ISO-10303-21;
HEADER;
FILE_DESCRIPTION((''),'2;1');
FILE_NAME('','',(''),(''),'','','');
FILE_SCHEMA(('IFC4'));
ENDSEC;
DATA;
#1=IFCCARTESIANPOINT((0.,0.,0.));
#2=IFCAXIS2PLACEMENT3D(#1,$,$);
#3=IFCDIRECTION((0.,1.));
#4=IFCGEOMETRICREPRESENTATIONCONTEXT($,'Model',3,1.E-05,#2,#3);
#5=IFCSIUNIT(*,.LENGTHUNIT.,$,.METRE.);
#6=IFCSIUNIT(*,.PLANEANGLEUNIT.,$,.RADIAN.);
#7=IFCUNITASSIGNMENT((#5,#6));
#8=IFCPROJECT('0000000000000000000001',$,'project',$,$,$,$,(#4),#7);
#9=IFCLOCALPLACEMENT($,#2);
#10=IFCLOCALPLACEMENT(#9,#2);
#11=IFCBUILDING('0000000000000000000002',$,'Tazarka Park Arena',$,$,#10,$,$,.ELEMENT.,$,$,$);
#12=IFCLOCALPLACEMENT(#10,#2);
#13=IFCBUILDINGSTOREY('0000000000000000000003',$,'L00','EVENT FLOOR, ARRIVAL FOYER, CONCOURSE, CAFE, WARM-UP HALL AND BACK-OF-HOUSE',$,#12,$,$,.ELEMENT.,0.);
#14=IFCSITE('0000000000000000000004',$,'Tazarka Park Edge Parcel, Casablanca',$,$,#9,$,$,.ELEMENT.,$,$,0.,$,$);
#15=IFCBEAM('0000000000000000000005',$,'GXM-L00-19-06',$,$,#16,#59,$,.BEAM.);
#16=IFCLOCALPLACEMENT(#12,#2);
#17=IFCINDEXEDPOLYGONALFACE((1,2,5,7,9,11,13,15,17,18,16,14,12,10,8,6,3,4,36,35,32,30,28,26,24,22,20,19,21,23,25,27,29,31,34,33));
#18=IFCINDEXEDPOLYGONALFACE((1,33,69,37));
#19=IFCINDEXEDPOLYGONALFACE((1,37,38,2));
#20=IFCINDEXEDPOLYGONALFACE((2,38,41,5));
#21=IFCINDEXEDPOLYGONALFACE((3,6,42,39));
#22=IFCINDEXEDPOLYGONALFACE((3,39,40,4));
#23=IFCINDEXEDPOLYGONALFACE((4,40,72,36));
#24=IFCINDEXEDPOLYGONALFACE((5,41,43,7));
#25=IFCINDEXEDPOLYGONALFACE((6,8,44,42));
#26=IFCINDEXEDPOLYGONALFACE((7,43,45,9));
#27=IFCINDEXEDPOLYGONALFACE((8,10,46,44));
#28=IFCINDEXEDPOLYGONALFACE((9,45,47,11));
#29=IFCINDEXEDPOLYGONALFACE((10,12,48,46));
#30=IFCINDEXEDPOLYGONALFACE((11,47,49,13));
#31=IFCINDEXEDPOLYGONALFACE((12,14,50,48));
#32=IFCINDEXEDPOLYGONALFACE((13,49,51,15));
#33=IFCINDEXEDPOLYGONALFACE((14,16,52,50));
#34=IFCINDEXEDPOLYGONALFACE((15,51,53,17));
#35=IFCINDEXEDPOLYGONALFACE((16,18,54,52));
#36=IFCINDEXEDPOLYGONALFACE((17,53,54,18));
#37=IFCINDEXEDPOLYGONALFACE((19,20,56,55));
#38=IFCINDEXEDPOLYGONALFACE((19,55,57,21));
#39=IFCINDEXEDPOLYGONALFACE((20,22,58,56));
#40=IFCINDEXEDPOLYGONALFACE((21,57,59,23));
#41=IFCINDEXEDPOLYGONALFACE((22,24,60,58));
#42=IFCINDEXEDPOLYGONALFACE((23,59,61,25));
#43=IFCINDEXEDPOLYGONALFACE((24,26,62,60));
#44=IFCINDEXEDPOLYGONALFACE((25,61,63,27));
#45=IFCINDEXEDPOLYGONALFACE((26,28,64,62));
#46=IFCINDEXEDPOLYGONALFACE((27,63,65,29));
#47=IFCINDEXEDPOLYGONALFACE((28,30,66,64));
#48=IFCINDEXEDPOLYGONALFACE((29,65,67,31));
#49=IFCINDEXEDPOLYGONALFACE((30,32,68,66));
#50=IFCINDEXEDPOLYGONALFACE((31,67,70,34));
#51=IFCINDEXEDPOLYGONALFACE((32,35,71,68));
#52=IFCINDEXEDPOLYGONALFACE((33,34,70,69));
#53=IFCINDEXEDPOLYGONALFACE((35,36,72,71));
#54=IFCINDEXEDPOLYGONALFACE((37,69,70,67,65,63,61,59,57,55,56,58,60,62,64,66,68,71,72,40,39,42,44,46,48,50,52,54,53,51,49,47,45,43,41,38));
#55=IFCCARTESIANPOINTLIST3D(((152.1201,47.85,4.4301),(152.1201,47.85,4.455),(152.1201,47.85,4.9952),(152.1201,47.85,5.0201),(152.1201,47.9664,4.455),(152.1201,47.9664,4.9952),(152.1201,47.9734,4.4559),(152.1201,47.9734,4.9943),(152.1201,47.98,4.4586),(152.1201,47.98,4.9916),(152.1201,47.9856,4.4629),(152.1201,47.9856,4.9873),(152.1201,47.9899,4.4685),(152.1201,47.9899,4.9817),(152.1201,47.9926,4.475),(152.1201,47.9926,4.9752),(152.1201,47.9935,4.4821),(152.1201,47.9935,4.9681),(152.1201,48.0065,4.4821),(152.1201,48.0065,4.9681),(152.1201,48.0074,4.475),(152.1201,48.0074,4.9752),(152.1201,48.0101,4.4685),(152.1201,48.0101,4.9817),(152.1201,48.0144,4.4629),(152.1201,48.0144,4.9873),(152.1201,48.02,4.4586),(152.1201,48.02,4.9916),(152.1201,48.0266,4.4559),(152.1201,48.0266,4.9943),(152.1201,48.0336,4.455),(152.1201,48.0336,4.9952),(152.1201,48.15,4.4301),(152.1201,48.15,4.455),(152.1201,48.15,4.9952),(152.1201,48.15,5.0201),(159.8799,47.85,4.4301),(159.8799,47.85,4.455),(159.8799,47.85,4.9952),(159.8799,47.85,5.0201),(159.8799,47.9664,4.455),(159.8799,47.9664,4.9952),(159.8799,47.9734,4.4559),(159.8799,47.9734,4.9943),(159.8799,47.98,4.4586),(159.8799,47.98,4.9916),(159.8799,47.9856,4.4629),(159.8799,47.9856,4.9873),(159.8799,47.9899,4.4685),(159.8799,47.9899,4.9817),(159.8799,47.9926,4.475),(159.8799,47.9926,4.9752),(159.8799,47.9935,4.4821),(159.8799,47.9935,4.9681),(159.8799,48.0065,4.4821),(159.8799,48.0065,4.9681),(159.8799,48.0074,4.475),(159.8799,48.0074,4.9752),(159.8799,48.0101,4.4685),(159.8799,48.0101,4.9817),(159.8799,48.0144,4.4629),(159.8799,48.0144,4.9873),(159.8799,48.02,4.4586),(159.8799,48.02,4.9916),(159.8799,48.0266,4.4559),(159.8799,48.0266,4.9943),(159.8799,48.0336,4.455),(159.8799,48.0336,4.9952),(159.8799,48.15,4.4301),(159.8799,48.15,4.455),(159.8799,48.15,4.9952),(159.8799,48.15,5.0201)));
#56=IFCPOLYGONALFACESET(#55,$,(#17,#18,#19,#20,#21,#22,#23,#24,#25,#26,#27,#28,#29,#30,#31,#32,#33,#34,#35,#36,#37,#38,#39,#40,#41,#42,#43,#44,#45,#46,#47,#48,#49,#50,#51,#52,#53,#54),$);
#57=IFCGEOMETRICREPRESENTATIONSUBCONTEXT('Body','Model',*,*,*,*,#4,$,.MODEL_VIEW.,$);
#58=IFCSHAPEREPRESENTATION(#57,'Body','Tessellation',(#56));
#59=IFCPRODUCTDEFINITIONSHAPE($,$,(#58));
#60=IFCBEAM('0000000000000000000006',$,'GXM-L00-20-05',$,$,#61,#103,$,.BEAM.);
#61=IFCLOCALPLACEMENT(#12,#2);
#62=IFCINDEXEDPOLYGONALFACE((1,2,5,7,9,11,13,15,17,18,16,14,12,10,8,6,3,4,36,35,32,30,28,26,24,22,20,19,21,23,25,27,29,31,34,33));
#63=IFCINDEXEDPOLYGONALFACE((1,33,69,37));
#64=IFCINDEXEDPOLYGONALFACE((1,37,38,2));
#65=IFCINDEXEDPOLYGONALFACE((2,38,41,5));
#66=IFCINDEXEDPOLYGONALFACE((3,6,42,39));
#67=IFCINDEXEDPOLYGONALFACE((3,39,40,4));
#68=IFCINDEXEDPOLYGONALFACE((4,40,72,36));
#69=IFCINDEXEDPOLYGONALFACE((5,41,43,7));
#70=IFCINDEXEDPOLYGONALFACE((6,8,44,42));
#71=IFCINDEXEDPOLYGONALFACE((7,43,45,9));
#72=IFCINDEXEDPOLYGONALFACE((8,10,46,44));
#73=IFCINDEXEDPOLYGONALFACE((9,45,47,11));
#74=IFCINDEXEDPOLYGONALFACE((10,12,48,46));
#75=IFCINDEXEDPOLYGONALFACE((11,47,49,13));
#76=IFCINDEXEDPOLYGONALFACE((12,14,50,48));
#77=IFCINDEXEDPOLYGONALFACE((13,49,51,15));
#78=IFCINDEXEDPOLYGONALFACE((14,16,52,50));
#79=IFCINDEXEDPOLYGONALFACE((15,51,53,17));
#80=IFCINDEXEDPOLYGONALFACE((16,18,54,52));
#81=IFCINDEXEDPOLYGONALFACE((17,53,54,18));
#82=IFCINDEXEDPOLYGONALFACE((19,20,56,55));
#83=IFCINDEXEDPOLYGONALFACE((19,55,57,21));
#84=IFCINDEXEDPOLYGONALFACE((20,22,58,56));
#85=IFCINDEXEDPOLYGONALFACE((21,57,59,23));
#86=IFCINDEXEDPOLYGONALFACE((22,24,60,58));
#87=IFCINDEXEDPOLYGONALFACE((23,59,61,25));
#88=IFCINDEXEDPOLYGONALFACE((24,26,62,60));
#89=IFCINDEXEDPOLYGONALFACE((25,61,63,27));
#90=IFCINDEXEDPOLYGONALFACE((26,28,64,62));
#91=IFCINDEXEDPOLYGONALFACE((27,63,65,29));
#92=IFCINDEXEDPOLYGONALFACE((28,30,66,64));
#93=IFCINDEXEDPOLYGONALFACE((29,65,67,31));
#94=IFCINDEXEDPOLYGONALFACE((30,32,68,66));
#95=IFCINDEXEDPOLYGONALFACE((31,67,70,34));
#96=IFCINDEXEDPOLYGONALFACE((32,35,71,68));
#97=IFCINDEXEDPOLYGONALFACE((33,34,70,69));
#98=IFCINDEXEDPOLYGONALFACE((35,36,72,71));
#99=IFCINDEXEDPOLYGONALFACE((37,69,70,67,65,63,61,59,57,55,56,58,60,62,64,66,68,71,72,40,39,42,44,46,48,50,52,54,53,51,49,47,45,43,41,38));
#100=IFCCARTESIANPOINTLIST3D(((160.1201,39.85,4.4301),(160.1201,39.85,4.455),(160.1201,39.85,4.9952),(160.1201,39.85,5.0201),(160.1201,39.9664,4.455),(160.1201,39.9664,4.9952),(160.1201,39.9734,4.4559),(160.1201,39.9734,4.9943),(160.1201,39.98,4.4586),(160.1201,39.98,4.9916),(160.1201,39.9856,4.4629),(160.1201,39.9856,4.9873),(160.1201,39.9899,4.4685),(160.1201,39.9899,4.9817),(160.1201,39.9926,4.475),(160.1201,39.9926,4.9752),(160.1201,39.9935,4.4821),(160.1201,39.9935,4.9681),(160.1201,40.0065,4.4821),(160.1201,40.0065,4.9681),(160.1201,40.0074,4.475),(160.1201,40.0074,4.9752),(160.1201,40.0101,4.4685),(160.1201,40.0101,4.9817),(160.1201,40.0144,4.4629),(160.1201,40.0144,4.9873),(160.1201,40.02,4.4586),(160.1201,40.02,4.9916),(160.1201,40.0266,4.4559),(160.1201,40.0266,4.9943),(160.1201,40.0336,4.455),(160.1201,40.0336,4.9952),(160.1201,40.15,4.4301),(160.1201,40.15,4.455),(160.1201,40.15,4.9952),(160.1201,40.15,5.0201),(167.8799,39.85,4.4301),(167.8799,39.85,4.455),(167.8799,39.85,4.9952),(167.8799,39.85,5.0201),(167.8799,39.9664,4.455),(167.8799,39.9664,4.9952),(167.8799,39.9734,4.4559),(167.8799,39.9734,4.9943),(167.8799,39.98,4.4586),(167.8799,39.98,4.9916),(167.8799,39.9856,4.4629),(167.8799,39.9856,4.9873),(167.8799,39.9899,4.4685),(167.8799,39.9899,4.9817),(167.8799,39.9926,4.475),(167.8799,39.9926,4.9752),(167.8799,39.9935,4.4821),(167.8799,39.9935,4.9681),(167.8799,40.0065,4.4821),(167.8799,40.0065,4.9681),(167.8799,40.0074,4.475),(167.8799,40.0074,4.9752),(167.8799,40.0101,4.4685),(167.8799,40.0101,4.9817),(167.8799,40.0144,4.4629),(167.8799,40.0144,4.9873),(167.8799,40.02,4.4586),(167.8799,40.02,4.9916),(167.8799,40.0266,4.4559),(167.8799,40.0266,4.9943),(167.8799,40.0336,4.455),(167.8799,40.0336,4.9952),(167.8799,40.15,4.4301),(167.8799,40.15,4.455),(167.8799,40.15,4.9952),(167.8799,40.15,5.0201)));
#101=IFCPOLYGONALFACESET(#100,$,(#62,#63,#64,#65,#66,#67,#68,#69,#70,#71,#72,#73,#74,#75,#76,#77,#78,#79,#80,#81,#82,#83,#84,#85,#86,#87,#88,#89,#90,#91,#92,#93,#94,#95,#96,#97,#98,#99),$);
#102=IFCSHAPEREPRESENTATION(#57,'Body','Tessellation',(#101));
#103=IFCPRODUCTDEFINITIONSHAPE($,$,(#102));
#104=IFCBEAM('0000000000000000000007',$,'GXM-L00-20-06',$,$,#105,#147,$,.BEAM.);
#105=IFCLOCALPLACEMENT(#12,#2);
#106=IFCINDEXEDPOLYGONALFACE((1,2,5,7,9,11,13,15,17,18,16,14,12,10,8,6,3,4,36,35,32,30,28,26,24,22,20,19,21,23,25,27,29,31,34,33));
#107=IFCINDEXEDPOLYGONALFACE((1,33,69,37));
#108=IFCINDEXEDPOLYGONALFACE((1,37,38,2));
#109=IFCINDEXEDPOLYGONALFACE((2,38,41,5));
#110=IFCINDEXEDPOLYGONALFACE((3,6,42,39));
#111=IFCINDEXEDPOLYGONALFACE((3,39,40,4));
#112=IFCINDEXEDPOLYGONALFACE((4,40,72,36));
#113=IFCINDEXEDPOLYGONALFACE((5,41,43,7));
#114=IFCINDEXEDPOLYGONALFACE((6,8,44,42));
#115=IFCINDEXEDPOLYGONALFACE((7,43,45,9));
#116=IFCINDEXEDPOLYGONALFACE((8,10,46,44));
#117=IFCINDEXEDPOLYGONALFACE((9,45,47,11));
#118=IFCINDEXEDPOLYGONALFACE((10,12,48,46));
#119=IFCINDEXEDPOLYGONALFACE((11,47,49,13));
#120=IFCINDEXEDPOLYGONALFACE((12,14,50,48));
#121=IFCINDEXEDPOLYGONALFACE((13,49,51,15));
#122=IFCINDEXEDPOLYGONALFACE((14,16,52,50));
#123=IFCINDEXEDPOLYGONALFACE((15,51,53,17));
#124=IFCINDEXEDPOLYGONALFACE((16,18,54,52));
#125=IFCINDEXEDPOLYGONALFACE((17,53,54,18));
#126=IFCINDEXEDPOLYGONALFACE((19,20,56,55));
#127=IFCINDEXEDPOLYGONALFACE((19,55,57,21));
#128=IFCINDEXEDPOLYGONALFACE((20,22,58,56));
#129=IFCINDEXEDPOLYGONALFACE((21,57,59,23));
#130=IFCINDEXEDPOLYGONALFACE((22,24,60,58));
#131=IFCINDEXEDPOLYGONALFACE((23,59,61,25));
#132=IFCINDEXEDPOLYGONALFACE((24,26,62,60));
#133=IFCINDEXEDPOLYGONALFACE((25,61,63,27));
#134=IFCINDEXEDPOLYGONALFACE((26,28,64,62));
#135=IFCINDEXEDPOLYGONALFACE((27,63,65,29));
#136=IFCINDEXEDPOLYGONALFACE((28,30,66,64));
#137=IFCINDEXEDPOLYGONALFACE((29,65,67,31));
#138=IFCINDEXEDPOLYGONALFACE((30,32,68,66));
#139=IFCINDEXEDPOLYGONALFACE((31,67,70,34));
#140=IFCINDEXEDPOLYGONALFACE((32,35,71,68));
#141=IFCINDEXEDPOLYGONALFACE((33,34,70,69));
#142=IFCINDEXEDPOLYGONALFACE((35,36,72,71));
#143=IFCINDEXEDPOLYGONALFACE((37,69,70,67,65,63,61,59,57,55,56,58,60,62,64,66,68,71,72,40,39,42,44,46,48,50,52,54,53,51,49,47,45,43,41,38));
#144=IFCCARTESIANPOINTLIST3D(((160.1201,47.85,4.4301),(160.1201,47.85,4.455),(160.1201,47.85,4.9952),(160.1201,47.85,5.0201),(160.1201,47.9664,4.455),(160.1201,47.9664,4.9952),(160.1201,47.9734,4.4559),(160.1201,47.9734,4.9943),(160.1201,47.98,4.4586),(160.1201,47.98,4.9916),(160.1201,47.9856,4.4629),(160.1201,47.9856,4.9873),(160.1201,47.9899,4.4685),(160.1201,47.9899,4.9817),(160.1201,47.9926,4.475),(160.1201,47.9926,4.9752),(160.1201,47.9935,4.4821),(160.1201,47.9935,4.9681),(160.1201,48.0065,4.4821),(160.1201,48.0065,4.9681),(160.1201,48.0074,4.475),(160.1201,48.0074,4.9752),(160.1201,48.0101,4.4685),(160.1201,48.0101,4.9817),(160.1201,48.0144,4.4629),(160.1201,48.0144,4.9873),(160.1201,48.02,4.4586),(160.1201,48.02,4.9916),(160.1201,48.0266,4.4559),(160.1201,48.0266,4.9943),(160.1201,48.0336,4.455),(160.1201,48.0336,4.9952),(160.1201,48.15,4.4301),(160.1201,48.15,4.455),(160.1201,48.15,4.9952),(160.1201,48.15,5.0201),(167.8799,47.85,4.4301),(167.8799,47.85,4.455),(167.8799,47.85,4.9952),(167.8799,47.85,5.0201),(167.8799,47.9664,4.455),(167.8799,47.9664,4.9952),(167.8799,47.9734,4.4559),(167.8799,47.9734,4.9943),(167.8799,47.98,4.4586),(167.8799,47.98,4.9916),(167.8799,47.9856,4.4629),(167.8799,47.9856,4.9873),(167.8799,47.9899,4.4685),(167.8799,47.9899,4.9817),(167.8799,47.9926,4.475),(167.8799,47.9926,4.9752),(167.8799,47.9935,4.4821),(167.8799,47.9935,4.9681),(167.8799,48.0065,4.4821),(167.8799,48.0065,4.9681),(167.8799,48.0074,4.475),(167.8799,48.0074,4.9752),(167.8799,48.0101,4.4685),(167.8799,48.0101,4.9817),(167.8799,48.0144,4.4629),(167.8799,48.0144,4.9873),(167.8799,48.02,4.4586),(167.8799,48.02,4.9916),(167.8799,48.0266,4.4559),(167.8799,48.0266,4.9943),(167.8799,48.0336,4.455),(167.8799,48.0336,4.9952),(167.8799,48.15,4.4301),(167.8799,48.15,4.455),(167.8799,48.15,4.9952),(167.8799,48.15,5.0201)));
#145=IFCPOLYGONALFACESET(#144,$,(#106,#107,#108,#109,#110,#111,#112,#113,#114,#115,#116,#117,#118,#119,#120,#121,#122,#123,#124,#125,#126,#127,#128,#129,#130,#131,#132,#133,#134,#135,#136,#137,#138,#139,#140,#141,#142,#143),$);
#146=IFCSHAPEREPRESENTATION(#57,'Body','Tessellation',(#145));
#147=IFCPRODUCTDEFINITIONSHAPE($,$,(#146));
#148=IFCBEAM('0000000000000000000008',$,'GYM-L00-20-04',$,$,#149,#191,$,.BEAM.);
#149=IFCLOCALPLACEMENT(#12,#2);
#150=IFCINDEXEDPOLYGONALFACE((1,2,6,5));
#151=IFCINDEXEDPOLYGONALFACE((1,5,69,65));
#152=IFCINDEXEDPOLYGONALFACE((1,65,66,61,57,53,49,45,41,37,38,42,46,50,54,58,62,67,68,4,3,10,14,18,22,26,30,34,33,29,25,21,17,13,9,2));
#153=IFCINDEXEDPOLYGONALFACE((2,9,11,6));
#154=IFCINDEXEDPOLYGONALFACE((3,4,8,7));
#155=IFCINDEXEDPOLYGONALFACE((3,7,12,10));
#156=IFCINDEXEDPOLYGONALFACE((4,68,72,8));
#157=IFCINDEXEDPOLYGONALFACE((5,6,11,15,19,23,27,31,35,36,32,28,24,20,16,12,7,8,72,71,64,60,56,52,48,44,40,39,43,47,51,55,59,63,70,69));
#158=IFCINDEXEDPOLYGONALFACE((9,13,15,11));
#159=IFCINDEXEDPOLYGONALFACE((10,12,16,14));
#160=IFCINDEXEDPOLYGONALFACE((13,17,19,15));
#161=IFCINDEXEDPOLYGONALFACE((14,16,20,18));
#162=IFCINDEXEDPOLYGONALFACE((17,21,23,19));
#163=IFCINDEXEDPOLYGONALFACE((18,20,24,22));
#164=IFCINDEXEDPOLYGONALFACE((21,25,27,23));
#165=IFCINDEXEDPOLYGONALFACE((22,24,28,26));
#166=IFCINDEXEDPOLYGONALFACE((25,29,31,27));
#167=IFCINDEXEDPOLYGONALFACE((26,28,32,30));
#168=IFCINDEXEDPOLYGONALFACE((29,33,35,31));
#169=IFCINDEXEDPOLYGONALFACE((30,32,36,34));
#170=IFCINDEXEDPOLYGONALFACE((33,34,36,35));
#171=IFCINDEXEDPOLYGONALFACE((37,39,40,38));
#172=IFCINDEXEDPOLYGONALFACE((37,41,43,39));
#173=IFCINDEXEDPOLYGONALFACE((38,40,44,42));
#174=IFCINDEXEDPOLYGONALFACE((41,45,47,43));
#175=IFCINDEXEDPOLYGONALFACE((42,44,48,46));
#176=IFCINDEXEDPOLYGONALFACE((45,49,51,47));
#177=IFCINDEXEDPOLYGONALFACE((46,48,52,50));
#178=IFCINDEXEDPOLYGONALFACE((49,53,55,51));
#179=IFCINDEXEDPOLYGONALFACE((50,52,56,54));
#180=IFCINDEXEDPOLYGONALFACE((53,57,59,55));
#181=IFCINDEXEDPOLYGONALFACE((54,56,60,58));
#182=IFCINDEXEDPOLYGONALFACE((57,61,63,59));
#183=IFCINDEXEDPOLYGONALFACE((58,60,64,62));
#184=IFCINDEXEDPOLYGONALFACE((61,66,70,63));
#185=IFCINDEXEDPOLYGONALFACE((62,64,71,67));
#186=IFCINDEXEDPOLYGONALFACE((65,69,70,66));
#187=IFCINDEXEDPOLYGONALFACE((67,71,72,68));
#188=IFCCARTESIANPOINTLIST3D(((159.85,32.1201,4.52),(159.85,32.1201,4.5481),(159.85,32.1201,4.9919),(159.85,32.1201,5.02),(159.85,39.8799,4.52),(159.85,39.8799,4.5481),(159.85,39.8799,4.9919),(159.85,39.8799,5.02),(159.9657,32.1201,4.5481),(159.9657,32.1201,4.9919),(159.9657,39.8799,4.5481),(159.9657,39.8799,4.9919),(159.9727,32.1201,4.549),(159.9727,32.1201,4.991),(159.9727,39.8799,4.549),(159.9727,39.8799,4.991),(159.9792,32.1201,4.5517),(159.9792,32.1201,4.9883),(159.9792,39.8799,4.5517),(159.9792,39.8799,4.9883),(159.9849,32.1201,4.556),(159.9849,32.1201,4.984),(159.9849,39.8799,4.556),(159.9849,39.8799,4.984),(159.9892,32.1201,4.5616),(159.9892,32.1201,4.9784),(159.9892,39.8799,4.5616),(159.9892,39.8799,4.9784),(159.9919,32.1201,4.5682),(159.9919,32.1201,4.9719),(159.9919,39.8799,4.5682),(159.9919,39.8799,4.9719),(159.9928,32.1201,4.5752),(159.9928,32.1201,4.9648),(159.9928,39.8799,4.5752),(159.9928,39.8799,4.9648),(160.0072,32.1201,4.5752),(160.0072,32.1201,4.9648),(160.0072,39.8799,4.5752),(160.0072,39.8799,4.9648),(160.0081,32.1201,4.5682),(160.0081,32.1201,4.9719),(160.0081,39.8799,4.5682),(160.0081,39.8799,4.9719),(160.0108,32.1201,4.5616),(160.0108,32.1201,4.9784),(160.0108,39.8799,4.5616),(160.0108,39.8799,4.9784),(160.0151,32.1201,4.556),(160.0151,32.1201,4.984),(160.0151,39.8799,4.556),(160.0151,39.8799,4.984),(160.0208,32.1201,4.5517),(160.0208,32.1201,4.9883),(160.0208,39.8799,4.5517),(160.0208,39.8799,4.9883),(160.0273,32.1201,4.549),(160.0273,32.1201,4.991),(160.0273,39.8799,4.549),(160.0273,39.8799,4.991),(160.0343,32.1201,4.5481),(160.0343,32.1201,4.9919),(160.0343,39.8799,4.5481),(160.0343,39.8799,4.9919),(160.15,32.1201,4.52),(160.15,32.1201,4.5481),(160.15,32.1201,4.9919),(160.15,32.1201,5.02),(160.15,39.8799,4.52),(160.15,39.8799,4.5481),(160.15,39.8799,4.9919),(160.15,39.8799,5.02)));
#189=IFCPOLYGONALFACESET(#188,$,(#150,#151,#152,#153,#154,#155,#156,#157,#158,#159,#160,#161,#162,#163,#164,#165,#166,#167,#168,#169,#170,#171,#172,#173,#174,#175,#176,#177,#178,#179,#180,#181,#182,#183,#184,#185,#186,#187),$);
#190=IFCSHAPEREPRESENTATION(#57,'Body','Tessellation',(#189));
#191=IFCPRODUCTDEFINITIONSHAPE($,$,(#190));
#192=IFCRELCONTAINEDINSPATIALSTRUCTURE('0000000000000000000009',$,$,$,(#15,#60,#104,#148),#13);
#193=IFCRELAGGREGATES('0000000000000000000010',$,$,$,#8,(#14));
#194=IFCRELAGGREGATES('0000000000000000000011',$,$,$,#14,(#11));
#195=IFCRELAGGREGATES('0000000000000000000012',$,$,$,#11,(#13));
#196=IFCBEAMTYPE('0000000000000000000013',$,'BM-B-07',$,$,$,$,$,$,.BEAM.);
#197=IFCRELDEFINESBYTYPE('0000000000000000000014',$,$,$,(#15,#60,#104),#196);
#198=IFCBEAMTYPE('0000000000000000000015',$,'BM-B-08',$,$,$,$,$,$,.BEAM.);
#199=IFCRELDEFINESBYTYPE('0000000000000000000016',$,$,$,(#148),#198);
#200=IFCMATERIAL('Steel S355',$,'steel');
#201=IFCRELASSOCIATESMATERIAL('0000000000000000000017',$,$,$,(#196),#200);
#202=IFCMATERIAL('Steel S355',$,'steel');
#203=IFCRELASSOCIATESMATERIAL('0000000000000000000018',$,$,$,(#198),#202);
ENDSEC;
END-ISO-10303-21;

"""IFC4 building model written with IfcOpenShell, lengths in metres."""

from ifc_helpers import new_model, si_unit, direction, frame, origin, origin_2d, place, context, subcontext, project, spatial, i_section, extrude, material, material_profile, profile_set, type_object, element, save


model = new_model("IFC4")

# Units and contexts
model_context = context("Model", 3, precision=1e-05, world=origin(), true_north=direction((0.0, 1.0)))
body_context = subcontext(model_context, "Body", "Model", "MODEL_VIEW")
ifc_project = project(units=[si_unit("LENGTHUNIT", "METRE"), si_unit("PLANEANGLEUNIT", "RADIAN")], contexts=[model_context])

# Site, building, storey
site_placement = place(None, origin())
site = spatial("IfcSite", under=ifc_project, at=site_placement, Name="Tazarka Park Edge Parcel, Casablanca", CompositionType="ELEMENT", RefElevation=0.0)
building_placement = place(site_placement, origin())
building = spatial("IfcBuilding", under=site, at=building_placement, Name="Tazarka Park Arena", CompositionType="ELEMENT")
storey_placement = place(building_placement, origin())
storey = spatial("IfcBuildingStorey", under=building, at=storey_placement, Name="L00", Description="EVENT FLOOR, ARRIVAL FOYER, CONCOURSE, CAFE, WARM-UP HALL AND BACK-OF-HOUSE", CompositionType="ELEMENT", Elevation=0.0)

# Beams
ifc_material_1 = material(Name="Steel S355", Category="steel")
ifc_material_profile_1 = material_profile(ifc_material_1, i_section(OverallWidth=0.3, OverallDepth=0.5901, WebThickness=0.0129, FlangeThickness=0.0249, FilletRadius=0.0271, at=origin_2d()), Name="Steel S355")
ifc_profile_set_1 = profile_set([ifc_material_profile_1], Name="Steel S355")
beam_type_1 = type_object("IfcBeamType", Name="BM-B-07", PredefinedType="BEAM", material=ifc_profile_set_1)
for number, where, z_axis, x_axis, name in (
    (1, (152.1201, 48.0, 4.7251), (1.0, 0.0, 0.0), (0.0, 1.0, 0.0), "GXM-L00-19-06"),
    (2, (160.1201, 40.0, 4.7251), (1.0, 0.0, 0.0), (0.0, 1.0, 0.0), "GXM-L00-20-05"),
    (3, (160.1201, 48.0, 4.7251), (1.0, 0.0, 0.0), (0.0, 1.0, 0.0), "GXM-L00-20-06"),
):
    element("IfcBeam", number, at=place(storey_placement, frame(where, z_axis=z_axis, x_axis=x_axis)), inside=storey, type_object=beam_type_1, Name=name, PredefinedType="BEAM", context=body_context, shape_type="SweptSolid", body=[
        extrude(i_section(OverallWidth=0.3, OverallDepth=0.5901, WebThickness=0.0129, FlangeThickness=0.0249, FilletRadius=0.0271, at=origin_2d()), origin(), (0.0, 0.0, 1.0), 7.7598),
    ])
ifc_material_2 = material(Name="Steel S355", Category="steel")
ifc_material_profile_2 = material_profile(ifc_material_2, i_section(OverallWidth=0.3, OverallDepth=0.5, WebThickness=0.0144, FlangeThickness=0.0281, FilletRadius=0.0271, at=origin_2d()), Name="Steel S355")
ifc_profile_set_2 = profile_set([ifc_material_profile_2], Name="Steel S355")
beam_type_2 = type_object("IfcBeamType", Name="BM-B-08", PredefinedType="BEAM", material=ifc_profile_set_2)
for number, where, z_axis, x_axis, name in (
    (4, (160.0, 32.1201, 4.77), (0.0, 1.0, 0.0), (-1.0, 0.0, 0.0), "GYM-L00-20-04"),
):
    element("IfcBeam", number, at=place(storey_placement, frame(where, z_axis=z_axis, x_axis=x_axis)), inside=storey, type_object=beam_type_2, Name=name, PredefinedType="BEAM", context=body_context, shape_type="SweptSolid", body=[
        extrude(i_section(OverallWidth=0.3, OverallDepth=0.5, WebThickness=0.0144, FlangeThickness=0.0281, FilletRadius=0.0271, at=origin_2d()), origin(), (0.0, 0.0, 1.0), 7.7598),
    ])

save(model, "model.ifc")
